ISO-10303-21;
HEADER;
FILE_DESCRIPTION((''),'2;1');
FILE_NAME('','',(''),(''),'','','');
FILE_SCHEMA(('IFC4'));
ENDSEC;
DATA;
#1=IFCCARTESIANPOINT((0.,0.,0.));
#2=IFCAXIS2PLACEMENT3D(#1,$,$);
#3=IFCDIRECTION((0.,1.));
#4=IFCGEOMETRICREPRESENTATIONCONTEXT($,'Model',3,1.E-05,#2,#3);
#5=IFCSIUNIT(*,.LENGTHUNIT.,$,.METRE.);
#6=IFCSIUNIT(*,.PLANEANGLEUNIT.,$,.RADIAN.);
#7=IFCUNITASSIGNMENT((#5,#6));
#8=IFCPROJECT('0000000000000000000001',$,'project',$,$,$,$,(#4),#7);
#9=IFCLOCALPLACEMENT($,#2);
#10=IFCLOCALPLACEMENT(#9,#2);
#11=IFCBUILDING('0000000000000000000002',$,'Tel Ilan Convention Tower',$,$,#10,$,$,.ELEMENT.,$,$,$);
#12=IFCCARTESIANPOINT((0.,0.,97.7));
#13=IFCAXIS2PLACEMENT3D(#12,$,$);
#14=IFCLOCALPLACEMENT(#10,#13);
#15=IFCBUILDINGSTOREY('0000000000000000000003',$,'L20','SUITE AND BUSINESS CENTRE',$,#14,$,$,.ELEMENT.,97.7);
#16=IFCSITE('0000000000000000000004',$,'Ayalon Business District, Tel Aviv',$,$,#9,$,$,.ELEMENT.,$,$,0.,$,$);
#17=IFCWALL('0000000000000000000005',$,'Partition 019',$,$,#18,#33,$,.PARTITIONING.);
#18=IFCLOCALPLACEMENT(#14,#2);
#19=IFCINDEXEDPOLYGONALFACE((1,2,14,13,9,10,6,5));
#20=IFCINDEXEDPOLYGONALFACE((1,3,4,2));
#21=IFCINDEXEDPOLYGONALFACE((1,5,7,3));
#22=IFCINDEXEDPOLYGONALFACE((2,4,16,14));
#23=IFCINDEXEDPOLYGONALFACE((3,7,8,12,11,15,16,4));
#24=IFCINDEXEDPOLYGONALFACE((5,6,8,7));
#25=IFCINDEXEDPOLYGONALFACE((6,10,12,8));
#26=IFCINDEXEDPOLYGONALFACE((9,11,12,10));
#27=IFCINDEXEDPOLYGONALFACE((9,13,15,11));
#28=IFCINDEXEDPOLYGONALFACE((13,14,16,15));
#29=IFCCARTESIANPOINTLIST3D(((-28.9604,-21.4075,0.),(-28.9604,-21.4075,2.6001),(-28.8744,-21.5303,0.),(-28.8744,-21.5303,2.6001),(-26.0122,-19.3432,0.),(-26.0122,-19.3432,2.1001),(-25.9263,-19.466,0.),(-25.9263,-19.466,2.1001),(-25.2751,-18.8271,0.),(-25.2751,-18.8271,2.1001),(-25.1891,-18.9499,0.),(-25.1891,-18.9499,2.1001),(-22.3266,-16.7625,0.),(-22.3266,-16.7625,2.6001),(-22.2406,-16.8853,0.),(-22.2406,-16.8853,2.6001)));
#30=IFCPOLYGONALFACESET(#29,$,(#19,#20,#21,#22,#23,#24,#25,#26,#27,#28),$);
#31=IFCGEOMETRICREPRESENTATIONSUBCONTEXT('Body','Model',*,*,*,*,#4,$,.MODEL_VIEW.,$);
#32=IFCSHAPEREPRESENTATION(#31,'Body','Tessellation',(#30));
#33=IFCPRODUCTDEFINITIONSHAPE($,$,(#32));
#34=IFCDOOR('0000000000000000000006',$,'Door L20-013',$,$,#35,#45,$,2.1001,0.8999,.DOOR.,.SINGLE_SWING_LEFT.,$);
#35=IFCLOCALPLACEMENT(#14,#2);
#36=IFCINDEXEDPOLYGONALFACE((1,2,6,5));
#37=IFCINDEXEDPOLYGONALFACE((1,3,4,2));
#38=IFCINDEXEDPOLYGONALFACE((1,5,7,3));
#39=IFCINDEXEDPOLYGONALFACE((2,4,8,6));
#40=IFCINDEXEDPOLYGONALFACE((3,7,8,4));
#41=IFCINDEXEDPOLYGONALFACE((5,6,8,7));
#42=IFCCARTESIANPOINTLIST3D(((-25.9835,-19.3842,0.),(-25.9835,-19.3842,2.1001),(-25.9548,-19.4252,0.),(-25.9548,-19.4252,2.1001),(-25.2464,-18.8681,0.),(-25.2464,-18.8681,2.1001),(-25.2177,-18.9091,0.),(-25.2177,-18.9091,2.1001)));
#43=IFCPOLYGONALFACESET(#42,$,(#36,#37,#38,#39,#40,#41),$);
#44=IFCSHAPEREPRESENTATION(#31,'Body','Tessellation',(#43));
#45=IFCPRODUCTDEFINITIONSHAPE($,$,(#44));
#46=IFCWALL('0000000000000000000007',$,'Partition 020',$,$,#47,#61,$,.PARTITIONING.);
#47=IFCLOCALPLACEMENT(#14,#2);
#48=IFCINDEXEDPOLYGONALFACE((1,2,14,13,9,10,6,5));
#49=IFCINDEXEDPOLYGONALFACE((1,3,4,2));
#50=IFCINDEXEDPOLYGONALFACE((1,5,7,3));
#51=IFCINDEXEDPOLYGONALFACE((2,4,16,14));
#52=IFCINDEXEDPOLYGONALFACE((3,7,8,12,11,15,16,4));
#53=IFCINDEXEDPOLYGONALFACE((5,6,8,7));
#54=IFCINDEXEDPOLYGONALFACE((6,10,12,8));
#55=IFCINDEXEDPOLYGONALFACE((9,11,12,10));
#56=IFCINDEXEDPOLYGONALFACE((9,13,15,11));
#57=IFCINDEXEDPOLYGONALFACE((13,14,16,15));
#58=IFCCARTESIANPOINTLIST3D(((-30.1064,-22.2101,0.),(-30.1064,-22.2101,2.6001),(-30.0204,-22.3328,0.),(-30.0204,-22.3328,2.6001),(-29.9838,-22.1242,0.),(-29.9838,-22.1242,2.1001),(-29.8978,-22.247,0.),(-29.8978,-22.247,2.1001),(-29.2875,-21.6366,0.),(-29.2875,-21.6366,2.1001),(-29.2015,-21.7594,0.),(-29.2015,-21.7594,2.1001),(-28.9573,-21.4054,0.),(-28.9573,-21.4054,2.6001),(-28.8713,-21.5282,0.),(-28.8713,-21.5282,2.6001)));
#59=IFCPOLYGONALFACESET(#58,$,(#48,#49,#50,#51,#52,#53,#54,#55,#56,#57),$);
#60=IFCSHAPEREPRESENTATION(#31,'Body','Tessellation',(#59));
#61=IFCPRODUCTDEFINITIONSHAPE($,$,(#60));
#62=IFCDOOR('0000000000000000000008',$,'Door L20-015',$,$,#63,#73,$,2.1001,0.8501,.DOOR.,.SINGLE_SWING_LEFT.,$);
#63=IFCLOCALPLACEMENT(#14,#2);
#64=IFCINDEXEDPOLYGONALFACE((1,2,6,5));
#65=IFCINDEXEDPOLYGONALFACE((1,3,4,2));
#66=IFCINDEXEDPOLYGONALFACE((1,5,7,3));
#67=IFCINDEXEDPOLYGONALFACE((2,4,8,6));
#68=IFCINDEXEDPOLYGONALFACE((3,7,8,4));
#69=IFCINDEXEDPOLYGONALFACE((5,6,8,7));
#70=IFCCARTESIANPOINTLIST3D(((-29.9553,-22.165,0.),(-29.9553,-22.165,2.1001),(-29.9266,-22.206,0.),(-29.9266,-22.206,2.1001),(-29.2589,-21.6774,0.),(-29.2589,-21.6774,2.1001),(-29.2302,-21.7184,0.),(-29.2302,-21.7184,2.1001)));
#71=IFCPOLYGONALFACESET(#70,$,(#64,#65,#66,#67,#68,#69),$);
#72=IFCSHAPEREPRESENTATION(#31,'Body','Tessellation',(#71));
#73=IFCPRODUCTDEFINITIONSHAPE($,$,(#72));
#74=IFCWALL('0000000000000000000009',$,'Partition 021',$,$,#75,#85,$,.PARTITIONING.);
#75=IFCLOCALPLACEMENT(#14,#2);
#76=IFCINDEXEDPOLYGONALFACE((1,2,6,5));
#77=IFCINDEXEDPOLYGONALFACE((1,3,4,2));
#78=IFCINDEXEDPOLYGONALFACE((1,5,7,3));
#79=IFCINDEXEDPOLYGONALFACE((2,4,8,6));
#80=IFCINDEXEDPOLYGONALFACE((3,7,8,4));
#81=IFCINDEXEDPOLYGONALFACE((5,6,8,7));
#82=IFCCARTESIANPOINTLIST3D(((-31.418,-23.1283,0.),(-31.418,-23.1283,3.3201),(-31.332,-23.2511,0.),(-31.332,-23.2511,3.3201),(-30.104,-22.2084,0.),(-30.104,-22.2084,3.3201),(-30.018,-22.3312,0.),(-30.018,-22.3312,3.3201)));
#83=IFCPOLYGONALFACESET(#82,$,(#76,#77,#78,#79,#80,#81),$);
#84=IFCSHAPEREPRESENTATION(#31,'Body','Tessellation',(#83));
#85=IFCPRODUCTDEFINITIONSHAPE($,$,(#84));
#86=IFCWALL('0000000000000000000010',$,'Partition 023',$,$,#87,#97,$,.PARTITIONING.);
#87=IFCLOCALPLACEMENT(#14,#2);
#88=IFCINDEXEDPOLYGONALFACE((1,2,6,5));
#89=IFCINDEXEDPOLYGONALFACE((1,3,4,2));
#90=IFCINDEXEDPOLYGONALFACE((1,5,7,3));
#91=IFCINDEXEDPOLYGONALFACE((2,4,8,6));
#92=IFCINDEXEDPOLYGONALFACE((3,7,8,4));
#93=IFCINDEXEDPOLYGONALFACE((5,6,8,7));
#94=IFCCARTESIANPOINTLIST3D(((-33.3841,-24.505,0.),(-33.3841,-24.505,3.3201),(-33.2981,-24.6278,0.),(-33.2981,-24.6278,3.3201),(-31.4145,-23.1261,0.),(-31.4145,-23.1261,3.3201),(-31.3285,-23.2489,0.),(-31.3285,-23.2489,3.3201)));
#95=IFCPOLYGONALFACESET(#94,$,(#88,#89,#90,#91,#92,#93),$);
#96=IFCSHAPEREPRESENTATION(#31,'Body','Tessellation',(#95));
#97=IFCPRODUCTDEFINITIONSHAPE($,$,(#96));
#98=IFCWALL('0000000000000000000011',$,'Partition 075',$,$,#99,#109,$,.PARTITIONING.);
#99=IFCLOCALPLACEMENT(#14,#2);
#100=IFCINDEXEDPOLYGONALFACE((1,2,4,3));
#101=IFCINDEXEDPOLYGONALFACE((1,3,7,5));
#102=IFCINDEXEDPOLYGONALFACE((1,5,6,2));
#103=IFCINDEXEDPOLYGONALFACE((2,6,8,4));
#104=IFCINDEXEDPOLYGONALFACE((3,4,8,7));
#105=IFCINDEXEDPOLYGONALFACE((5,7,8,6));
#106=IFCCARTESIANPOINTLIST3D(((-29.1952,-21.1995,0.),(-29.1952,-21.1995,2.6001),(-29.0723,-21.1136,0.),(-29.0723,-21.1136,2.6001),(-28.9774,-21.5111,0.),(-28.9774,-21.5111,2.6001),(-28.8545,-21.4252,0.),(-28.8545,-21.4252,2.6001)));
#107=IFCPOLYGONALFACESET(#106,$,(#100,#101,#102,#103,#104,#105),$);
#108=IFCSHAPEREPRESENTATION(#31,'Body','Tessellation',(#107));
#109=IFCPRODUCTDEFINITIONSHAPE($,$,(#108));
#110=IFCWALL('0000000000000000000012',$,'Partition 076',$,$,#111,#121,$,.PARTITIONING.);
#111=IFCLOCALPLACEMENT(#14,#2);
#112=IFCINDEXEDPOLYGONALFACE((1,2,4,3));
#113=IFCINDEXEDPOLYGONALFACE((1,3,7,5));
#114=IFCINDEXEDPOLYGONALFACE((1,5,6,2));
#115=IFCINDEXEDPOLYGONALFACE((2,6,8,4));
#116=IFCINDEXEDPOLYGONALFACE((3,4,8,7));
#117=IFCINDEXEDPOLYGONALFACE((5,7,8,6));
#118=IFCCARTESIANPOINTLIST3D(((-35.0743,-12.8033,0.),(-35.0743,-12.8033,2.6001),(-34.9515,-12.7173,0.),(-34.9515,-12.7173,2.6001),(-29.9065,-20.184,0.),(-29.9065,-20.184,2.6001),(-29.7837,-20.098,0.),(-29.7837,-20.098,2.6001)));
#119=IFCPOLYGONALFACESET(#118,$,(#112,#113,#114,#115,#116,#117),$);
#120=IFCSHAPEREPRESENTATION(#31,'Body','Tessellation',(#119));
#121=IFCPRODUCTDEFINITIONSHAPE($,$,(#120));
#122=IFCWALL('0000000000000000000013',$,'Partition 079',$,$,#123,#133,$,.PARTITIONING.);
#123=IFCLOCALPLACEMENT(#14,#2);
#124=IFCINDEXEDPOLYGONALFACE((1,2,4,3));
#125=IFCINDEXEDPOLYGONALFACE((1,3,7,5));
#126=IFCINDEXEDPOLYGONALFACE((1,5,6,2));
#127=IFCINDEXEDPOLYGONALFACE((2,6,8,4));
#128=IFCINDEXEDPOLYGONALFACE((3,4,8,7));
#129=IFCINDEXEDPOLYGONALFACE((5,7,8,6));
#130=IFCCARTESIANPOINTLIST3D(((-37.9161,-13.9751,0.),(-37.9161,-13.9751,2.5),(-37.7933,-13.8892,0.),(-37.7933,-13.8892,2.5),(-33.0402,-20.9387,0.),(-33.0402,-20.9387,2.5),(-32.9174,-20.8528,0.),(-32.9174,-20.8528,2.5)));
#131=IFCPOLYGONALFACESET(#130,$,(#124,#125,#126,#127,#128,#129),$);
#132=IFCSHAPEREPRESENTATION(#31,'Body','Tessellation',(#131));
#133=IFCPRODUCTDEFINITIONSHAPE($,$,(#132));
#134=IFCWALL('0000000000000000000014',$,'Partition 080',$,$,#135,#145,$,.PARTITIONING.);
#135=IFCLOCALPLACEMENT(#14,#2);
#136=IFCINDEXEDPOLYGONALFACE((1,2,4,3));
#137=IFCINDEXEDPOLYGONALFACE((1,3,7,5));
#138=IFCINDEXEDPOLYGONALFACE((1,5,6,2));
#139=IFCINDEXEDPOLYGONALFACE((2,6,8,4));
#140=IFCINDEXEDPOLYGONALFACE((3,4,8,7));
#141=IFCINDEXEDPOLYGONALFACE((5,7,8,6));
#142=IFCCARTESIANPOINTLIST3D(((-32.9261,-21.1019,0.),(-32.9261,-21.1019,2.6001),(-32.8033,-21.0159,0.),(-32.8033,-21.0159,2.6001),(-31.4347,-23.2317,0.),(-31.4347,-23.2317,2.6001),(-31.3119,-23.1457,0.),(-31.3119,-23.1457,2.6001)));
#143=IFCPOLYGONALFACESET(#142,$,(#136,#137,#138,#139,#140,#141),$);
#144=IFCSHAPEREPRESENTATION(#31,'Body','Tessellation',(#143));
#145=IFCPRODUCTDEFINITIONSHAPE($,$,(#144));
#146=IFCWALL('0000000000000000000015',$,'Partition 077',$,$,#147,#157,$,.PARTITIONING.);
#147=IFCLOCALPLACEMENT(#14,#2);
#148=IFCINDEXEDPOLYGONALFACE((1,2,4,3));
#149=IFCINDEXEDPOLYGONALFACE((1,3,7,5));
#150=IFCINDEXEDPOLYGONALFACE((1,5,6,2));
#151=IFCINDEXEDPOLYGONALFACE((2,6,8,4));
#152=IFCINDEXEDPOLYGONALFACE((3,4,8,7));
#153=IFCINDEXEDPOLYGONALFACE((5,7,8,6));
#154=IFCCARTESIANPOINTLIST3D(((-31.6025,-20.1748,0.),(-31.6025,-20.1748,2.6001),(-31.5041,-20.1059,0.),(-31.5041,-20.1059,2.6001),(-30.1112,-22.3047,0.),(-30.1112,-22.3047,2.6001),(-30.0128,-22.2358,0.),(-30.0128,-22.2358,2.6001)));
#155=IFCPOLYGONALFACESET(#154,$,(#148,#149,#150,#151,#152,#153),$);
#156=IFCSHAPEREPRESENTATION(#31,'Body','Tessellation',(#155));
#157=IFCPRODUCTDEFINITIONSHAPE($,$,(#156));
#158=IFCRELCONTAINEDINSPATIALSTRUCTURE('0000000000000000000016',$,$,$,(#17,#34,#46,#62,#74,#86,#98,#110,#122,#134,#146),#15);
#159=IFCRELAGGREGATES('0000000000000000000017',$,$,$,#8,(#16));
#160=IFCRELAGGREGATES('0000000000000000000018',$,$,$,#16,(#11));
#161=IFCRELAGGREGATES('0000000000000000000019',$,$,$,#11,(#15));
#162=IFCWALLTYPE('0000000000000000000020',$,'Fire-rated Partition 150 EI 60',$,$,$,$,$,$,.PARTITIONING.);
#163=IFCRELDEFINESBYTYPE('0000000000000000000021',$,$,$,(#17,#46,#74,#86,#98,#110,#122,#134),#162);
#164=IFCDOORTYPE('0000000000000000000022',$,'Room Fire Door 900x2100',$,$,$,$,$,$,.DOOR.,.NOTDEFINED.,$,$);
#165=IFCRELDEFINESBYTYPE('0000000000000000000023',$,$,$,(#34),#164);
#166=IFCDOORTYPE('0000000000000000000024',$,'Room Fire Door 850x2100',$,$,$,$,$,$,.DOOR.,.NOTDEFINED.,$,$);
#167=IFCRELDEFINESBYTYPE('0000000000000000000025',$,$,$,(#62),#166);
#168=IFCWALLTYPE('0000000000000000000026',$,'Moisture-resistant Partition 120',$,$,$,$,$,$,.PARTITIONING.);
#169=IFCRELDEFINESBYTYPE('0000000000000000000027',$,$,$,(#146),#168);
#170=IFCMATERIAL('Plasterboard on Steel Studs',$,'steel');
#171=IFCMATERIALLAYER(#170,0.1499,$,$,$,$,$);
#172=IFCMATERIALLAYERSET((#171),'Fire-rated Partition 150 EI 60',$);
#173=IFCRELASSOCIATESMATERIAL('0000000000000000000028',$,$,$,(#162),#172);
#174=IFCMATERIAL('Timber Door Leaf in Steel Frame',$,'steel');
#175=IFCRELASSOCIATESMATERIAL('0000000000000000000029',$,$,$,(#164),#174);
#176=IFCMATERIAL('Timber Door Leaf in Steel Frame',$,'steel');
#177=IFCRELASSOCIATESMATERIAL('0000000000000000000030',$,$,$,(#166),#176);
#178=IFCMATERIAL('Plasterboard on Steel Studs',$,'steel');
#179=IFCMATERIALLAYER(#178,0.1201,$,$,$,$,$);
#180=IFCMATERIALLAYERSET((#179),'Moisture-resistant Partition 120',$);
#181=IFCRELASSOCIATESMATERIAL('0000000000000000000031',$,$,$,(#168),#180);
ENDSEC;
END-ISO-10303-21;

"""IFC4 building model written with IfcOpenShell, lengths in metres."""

from ifc_helpers import new_model, si_unit, direction, frame, frame_2d, origin, place, context, subcontext, project, spatial, rectangle, extrude, material, layer, layer_set, type_object, element, fill, save


model = new_model("IFC4")

# Units and contexts
model_context = context("Model", 3, precision=1e-05, world=origin(), true_north=direction((0.0, 1.0)))
body_context = subcontext(model_context, "Body", "Model", "MODEL_VIEW")
ifc_project = project(units=[si_unit("LENGTHUNIT", "METRE"), si_unit("PLANEANGLEUNIT", "RADIAN")], contexts=[model_context])

# Site, building, storey
site_placement = place(None, origin())
site = spatial("IfcSite", under=ifc_project, at=site_placement, Name="Ayalon Business District, Tel Aviv", CompositionType="ELEMENT", RefElevation=0.0)
building_placement = place(site_placement, origin())
building = spatial("IfcBuilding", under=site, at=building_placement, Name="Tel Ilan Convention Tower", CompositionType="ELEMENT")
storey_placement = place(building_placement, frame((0.0, 0.0, 97.7)))
storey = spatial("IfcBuildingStorey", under=building, at=storey_placement, Name="L20", Description="SUITE AND BUSINESS CENTRE", CompositionType="ELEMENT", Elevation=97.7)

# Walls, openings, doors
ifc_material_1 = material(Name="Plasterboard on Steel Studs", Category="steel")
ifc_layer_1 = layer(ifc_material_1, 0.1499)
ifc_layer_set_1 = layer_set([ifc_layer_1], Name="Fire-rated Partition 150 EI 60")
wall_type_1 = type_object("IfcWallType", Name="Fire-rated Partition 150 EI 60", PredefinedType="PARTITIONING", material=ifc_layer_set_1)
wall_1_placement = place(storey_placement, frame((-28.9175, -21.469, 0.0), z_axis=(0.0, 0.0, 1.0), x_axis=(0.819153, 0.573576, 0.0)))
wall_1 = element("IfcWall", 1, at=wall_1_placement, inside=storey, type_object=wall_type_1, Name="Partition 019", PredefinedType="PARTITIONING", context=body_context, shape_type="SweptSolid", body=[
    extrude(rectangle(XDim=8.0984, YDim=0.1499, at=frame_2d((4.0493, 0.0))), origin(), (0.0, 0.0, 1.0), 2.6001),
])
opening_1_placement = place(wall_1_placement, frame((3.5991, 0.0, 0.0)))
opening_1 = element("IfcOpeningElement", 2, at=opening_1_placement, cuts=wall_1, PredefinedType="OPENING", context=body_context, shape_type="SweptSolid", body=[
    extrude(rectangle(XDim=0.8999, YDim=2.1001, at=frame_2d((0.45, 1.05))), frame((0.0, 0.085, 0.0), z_axis=(0.0, -1.0, 0.0), x_axis=(1.0, 0.0, 0.0)), (0.0, 0.0, 1.0), 0.1699),
])
ifc_material_2 = material(Name="Timber Door Leaf in Steel Frame", Category="steel")
door_type_1 = type_object("IfcDoorType", Name="Room Fire Door 900x2100", OperationType="NOTDEFINED", PredefinedType="DOOR", material=ifc_material_2)
door_1_placement = place(opening_1_placement, origin())
door_1 = element("IfcDoor", 3, at=door_1_placement, inside=storey, type_object=door_type_1, Name="Door L20-013", OperationType="SINGLE_SWING_LEFT", OverallHeight=2.1001, OverallWidth=0.8999, PredefinedType="DOOR", context=body_context, shape_type="SweptSolid", body=[
    extrude(rectangle(XDim=0.8999, YDim=2.1001, at=frame_2d((0.45, 1.05))), frame((0.0, 0.0249, 0.0), z_axis=(0.0, -1.0, 0.0), x_axis=(1.0, 0.0, 0.0)), (0.0, 0.0, 1.0), 0.05),
])
fill(opening_1, door_1)
wall_2_placement = place(storey_placement, frame((-28.9143, -21.4668, 0.0), z_axis=(0.0, 0.0, 1.0), x_axis=(-0.819142, -0.573591, 0.0)))
wall_2 = element("IfcWall", 4, at=wall_2_placement, inside=storey, type_object=wall_type_1, Name="Partition 020", PredefinedType="PARTITIONING", context=body_context, shape_type="SweptSolid", body=[
    extrude(rectangle(XDim=1.4028, YDim=0.1499, at=frame_2d((0.7014, 0.0))), origin(), (0.0, 0.0, 1.0), 2.6001),
])
opening_2_placement = place(wall_2_placement, frame((0.4031, 0.0, 0.0)))
opening_2 = element("IfcOpeningElement", 5, at=opening_2_placement, cuts=wall_2, PredefinedType="OPENING", context=body_context, shape_type="SweptSolid", body=[
    extrude(rectangle(XDim=0.8501, YDim=2.1001, at=frame_2d((0.425, 1.05))), frame((0.0, 0.085, 0.0), z_axis=(0.0, -1.0, 0.0), x_axis=(1.0, 0.0, 0.0)), (0.0, 0.0, 1.0), 0.1699),
])
ifc_material_3 = material(Name="Timber Door Leaf in Steel Frame", Category="steel")
door_type_2 = type_object("IfcDoorType", Name="Room Fire Door 850x2100", OperationType="NOTDEFINED", PredefinedType="DOOR", material=ifc_material_3)
door_2_placement = place(opening_2_placement, origin())
door_2 = element("IfcDoor", 6, at=door_2_placement, inside=storey, type_object=door_type_2, Name="Door L20-015", OperationType="SINGLE_SWING_LEFT", OverallHeight=2.1001, OverallWidth=0.8501, PredefinedType="DOOR", context=body_context, shape_type="SweptSolid", body=[
    extrude(rectangle(XDim=0.8501, YDim=2.1001, at=frame_2d((0.425, 1.05))), frame((0.0, 0.0249, 0.0), z_axis=(0.0, -1.0, 0.0), x_axis=(1.0, 0.0, 0.0)), (0.0, 0.0, 1.0), 0.05),
])
fill(opening_2, door_2)

# Walls
wall_3_placement = place(storey_placement, frame((-31.375, -23.1897, 0.0), z_axis=(0.0, 0.0, 1.0), x_axis=(0.819189, 0.573524, 0.0)))
element("IfcWall", 7, at=wall_3_placement, inside=storey, type_object=wall_type_1, Name="Partition 021", PredefinedType="PARTITIONING", context=body_context, shape_type="SweptSolid", body=[
    extrude(rectangle(XDim=1.604, YDim=0.1499, at=frame_2d((0.802, 0.0))), origin(), (0.0, 0.0, 1.0), 3.3201),
])
wall_4_placement = place(storey_placement, frame((-33.3411, -24.5664, 0.0), z_axis=(0.0, 0.0, 1.0), x_axis=(0.819179, 0.573537, 0.0)))
element("IfcWall", 8, at=wall_4_placement, inside=storey, type_object=wall_type_1, Name="Partition 023", PredefinedType="PARTITIONING", context=body_context, shape_type="SweptSolid", body=[
    extrude(rectangle(XDim=2.4043, YDim=0.1499, at=frame_2d((1.2021, 0.0))), origin(), (0.0, 0.0, 1.0), 3.3201),
])
wall_5_placement = place(storey_placement, frame((-28.916, -21.468, 0.0), z_axis=(0.0, 0.0, 1.0), x_axis=(-0.572945, 0.819594, 0.0)))
element("IfcWall", 9, at=wall_5_placement, inside=storey, type_object=wall_type_1, Name="Partition 075", PredefinedType="PARTITIONING", context=body_context, shape_type="SweptSolid", body=[
    extrude(rectangle(XDim=0.3801, YDim=0.1499, at=frame_2d((0.1899, 0.0))), origin(), (0.0, 0.0, 1.0), 2.6001),
])
wall_6_placement = place(storey_placement, frame((-29.8452, -20.1409, 0.0), z_axis=(0.0, 0.0, 1.0), x_axis=(-0.573559, 0.819164, 0.0)))
element("IfcWall", 10, at=wall_6_placement, inside=storey, type_object=wall_type_1, Name="Partition 076", PredefinedType="PARTITIONING", context=body_context, shape_type="SweptSolid", body=[
    extrude(rectangle(XDim=9.01, YDim=0.1499, at=frame_2d((4.5049, 0.0))), origin(), (0.0, 0.0, 1.0), 2.6001),
])
wall_7_placement = place(storey_placement, frame((-32.9788, -20.8958, 0.0), z_axis=(0.0, 0.0, 1.0), x_axis=(-0.573576, 0.819152, 0.0)))
element("IfcWall", 11, at=wall_7_placement, inside=storey, type_object=wall_type_1, Name="Partition 079", PredefinedType="PARTITIONING", context=body_context, shape_type="SweptSolid", body=[
    extrude(rectangle(XDim=8.501, YDim=0.1499, at=frame_2d((4.2505, 0.0))), origin(), (0.0, 0.0, 1.0), 2.5),
])
wall_8_placement = place(storey_placement, frame((-31.3733, -23.1887, 0.0), z_axis=(0.0, 0.0, 1.0), x_axis=(-0.573601, 0.819135, 0.0)))
element("IfcWall", 12, at=wall_8_placement, inside=storey, type_object=wall_type_1, Name="Partition 080", PredefinedType="PARTITIONING", context=body_context, shape_type="SweptSolid", body=[
    extrude(rectangle(XDim=2.6001, YDim=0.1499, at=frame_2d((1.3, 0.0))), origin(), (0.0, 0.0, 1.0), 2.6001),
])
ifc_material_4 = material(Name="Plasterboard on Steel Studs", Category="steel")
ifc_layer_2 = layer(ifc_material_4, 0.1201)
ifc_layer_set_2 = layer_set([ifc_layer_2], Name="Moisture-resistant Partition 120")
wall_type_2 = type_object("IfcWallType", Name="Moisture-resistant Partition 120", PredefinedType="PARTITIONING", material=ifc_layer_set_2)
wall_9_placement = place(storey_placement, frame((-30.062, -22.2703, 0.0), z_axis=(0.0, 0.0, 1.0), x_axis=(-0.573538, 0.819179, 0.0)))
element("IfcWall", 13, at=wall_9_placement, inside=storey, type_object=wall_type_2, Name="Partition 077", PredefinedType="PARTITIONING", context=body_context, shape_type="SweptSolid", body=[
    extrude(rectangle(XDim=2.6001, YDim=0.1201, at=frame_2d((1.3, 0.0))), origin(), (0.0, 0.0, 1.0), 2.6001),
])

save(model, "model.ifc")
